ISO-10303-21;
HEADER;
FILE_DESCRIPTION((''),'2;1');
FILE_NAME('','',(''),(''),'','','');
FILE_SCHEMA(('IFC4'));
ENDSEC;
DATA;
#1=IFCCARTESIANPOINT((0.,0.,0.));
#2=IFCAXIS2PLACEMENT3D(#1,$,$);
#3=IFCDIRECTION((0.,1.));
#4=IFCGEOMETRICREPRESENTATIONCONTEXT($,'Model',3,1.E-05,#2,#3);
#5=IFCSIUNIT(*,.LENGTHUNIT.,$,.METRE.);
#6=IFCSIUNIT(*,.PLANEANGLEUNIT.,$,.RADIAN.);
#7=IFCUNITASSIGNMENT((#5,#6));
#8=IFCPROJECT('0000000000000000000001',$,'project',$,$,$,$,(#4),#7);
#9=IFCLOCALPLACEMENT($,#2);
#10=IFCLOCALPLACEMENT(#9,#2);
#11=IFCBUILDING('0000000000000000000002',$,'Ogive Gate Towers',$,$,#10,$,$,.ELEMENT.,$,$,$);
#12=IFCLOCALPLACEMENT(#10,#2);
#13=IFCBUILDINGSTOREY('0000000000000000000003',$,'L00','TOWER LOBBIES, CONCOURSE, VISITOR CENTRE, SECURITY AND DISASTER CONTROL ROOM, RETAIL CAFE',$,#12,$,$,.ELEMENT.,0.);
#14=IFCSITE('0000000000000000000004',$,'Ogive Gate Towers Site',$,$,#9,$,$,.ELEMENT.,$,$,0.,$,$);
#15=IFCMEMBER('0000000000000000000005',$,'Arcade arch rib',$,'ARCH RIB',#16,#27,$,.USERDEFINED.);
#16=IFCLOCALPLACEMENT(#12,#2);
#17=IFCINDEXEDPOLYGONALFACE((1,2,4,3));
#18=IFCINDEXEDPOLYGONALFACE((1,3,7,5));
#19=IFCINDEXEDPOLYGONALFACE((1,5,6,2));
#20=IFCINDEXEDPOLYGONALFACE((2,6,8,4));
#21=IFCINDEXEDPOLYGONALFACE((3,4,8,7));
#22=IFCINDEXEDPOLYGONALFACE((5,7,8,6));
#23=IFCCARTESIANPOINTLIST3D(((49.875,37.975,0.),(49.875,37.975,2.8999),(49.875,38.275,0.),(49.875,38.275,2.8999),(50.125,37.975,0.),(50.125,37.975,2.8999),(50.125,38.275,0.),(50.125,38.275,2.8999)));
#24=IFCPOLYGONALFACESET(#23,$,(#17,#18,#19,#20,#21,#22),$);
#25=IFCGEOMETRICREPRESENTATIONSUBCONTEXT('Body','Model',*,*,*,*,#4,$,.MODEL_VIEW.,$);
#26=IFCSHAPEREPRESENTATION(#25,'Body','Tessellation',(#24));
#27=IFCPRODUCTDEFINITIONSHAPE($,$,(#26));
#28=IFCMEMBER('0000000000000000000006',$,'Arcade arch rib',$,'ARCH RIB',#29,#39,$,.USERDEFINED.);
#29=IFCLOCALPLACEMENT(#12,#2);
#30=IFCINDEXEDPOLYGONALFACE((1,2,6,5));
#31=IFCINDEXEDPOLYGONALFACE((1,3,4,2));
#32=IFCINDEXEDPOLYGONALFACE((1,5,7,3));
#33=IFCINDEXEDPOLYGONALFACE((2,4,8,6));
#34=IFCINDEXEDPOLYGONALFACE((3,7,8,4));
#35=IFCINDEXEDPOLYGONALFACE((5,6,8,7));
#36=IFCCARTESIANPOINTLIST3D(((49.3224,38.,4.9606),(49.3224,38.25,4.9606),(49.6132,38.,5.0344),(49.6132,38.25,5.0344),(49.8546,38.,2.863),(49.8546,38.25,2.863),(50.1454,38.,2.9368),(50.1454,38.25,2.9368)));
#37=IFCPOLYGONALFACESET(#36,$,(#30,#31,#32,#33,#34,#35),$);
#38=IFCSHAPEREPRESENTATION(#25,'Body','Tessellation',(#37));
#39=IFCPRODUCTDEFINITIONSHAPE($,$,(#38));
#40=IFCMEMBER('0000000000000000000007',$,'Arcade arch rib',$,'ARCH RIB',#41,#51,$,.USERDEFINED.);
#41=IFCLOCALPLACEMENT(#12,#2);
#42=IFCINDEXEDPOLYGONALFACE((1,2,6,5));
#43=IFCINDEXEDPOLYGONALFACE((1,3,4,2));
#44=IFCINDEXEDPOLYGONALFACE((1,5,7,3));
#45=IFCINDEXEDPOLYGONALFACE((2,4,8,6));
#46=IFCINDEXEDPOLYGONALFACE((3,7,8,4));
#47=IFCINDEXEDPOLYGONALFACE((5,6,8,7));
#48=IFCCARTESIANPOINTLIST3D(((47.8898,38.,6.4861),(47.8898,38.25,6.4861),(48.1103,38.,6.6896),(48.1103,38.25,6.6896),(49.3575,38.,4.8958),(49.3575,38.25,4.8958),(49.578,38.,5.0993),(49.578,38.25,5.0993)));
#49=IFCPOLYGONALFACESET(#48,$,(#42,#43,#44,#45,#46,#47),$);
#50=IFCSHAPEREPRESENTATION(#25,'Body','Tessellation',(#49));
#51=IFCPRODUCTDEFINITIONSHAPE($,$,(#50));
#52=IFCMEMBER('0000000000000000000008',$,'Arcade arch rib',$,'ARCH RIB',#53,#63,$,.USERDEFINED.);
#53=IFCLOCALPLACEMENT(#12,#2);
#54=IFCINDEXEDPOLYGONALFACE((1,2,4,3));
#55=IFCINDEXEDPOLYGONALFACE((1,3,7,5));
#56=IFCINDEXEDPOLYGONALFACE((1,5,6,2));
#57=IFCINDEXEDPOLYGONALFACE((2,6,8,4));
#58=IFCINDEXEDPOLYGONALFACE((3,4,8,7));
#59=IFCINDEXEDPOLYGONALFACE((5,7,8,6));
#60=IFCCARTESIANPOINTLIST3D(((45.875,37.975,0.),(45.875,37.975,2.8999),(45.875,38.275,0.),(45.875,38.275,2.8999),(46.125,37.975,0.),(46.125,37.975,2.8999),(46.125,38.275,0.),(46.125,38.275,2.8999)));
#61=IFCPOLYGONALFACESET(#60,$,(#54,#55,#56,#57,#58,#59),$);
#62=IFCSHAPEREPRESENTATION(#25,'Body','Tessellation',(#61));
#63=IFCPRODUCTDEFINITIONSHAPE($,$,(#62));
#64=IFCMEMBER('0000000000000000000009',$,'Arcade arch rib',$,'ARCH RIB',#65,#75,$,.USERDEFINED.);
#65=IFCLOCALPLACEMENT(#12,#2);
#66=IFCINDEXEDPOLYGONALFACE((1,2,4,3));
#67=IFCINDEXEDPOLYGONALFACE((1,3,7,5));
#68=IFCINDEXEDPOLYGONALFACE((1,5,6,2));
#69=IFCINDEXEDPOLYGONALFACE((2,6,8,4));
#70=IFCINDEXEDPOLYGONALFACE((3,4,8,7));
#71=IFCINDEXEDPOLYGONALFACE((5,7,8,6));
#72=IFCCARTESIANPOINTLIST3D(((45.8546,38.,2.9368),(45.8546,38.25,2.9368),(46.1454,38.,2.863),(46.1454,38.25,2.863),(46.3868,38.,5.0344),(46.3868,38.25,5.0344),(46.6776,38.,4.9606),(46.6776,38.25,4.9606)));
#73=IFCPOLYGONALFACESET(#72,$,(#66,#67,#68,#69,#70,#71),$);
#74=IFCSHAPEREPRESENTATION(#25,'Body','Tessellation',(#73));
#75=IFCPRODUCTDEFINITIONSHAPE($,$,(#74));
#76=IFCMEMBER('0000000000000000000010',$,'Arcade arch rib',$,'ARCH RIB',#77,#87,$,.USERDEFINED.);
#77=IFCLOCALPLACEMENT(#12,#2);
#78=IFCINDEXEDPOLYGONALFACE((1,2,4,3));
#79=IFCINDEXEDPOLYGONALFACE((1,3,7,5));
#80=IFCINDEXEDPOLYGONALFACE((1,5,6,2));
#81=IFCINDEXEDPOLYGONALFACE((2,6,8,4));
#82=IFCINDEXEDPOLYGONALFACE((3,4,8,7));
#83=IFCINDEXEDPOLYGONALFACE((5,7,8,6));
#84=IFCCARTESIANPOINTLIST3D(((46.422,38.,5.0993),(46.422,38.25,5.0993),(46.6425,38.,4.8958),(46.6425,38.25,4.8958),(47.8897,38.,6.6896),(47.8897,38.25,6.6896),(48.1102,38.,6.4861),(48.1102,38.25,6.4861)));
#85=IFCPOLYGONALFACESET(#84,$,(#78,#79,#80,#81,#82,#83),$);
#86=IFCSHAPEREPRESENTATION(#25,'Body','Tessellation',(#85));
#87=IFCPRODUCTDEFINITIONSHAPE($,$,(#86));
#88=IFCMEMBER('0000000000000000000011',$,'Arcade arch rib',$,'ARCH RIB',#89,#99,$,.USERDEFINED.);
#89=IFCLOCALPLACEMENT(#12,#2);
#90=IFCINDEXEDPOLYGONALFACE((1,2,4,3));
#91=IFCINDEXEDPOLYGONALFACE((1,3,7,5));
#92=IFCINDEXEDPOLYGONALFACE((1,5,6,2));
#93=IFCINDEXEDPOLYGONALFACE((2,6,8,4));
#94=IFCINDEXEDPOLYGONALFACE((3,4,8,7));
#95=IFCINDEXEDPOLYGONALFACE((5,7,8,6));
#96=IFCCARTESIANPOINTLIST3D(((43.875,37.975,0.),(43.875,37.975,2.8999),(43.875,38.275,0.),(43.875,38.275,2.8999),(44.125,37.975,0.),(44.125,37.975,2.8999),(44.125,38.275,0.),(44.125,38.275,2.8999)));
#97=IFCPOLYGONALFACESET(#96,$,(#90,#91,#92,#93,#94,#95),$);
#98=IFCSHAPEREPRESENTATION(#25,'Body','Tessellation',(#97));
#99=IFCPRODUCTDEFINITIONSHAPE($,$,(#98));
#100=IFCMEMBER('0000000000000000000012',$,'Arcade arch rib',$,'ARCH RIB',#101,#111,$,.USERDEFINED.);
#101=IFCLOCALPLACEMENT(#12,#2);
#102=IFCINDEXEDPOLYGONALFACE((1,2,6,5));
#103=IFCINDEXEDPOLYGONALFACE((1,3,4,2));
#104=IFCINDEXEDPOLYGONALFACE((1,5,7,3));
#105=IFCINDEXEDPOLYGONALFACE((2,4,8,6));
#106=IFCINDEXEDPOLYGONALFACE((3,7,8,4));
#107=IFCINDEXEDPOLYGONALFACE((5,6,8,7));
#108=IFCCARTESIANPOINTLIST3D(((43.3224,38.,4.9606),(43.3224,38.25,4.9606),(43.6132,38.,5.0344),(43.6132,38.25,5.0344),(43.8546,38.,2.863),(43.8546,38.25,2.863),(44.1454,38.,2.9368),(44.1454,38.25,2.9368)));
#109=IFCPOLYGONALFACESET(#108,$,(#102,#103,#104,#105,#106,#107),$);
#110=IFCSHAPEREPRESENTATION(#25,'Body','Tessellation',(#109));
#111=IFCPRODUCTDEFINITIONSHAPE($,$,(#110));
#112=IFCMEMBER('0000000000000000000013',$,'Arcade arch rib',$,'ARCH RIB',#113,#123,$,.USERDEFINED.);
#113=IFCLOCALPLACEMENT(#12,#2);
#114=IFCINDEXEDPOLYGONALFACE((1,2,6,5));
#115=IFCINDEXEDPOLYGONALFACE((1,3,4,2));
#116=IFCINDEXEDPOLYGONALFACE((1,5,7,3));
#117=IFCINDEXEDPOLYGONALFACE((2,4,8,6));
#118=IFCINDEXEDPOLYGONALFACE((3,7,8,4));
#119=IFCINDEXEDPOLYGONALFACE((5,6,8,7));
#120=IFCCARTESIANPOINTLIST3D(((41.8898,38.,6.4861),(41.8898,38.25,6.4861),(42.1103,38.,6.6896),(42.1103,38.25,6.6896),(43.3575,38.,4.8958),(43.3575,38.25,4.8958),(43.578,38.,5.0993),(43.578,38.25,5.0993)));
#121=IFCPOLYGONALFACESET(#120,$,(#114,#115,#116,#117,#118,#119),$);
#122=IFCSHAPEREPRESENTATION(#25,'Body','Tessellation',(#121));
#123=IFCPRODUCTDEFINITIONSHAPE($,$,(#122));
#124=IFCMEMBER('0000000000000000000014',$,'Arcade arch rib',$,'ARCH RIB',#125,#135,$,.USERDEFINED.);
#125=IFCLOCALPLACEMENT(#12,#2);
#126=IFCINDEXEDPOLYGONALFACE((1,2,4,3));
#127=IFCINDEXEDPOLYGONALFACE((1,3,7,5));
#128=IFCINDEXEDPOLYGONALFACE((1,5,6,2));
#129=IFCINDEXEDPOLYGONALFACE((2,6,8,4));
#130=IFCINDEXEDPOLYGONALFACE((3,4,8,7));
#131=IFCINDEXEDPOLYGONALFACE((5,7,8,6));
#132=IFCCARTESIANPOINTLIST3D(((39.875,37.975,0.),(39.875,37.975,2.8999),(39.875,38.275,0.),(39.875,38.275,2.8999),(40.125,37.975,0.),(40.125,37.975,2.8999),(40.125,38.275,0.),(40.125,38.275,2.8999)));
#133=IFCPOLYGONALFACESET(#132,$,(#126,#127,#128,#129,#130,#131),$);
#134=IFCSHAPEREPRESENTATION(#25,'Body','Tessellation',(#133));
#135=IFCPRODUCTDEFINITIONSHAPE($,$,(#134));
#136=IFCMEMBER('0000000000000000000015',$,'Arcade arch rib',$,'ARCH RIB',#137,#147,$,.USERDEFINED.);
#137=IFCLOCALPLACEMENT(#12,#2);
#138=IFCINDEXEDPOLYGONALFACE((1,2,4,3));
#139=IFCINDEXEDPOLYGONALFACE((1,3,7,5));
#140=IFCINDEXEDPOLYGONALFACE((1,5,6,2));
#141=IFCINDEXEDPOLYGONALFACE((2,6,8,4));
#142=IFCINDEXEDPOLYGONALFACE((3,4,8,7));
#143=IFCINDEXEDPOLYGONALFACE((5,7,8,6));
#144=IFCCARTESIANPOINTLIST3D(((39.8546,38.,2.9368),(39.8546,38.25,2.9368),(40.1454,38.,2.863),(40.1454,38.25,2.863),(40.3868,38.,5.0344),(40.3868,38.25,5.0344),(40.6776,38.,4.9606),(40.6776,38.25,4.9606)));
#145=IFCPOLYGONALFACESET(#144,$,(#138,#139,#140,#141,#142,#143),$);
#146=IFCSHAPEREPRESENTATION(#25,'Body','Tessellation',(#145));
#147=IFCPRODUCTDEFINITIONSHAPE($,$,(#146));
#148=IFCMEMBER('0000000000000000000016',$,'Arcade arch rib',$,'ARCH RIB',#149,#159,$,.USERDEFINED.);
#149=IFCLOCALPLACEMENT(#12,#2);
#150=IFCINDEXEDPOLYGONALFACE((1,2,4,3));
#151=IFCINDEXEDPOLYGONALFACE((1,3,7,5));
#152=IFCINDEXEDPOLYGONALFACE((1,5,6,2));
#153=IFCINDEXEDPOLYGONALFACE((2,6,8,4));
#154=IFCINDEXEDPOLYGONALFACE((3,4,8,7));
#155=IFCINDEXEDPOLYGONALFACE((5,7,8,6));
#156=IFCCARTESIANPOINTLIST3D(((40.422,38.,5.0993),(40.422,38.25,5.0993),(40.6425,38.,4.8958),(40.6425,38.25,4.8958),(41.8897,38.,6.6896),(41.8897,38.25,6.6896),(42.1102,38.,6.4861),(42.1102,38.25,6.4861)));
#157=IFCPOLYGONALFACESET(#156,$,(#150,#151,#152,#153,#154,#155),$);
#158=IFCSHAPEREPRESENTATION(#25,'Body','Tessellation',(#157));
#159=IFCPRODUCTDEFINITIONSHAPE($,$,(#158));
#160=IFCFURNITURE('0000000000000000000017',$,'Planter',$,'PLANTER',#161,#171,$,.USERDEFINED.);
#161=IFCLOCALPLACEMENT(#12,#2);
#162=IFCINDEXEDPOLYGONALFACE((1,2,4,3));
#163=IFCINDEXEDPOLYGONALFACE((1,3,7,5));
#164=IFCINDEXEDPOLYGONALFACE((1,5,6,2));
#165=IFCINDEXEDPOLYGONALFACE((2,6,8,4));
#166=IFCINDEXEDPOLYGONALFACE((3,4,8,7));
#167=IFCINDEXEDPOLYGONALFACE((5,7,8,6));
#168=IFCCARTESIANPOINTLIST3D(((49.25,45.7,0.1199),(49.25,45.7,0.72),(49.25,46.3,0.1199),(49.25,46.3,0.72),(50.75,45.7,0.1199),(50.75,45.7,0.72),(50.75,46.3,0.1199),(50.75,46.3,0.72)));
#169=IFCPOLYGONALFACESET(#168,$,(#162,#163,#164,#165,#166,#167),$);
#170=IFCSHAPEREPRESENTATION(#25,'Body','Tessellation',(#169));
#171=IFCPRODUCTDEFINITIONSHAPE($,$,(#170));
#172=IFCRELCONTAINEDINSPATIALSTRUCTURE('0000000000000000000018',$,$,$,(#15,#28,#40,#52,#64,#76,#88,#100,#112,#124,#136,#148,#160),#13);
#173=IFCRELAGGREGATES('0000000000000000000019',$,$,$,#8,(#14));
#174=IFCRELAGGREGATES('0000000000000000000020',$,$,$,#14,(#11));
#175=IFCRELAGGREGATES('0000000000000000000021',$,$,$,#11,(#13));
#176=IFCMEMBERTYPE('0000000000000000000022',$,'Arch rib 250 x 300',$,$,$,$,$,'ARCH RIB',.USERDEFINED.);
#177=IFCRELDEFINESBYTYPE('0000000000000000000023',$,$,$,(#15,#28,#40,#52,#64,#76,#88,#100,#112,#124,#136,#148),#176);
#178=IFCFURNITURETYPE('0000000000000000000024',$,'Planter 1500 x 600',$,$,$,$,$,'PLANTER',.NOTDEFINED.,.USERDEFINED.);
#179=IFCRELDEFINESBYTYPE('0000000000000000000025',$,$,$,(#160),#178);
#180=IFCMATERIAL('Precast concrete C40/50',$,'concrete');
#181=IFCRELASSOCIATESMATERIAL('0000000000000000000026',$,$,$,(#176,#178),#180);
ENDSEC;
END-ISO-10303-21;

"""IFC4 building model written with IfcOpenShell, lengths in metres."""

from ifc_helpers import new_model, si_unit, direction, frame, origin, origin_2d, place, context, subcontext, project, spatial, rectangle, extrude, material, material_profile, profile_set, type_object, element, save


model = new_model("IFC4")

# Units and contexts
model_context = context("Model", 3, precision=1e-05, world=origin(), true_north=direction((0.0, 1.0)))
body_context = subcontext(model_context, "Body", "Model", "MODEL_VIEW")
ifc_project = project(units=[si_unit("LENGTHUNIT", "METRE"), si_unit("PLANEANGLEUNIT", "RADIAN")], contexts=[model_context])

# Site, building, storey
site_placement = place(None, origin())
site = spatial("IfcSite", under=ifc_project, at=site_placement, Name="Ogive Gate Towers Site", CompositionType="ELEMENT", RefElevation=0.0)
building_placement = place(site_placement, origin())
building = spatial("IfcBuilding", under=site, at=building_placement, Name="Ogive Gate Towers", CompositionType="ELEMENT")
storey_placement = place(building_placement, origin())
storey = spatial("IfcBuildingStorey", under=building, at=storey_placement, Name="L00", Description="TOWER LOBBIES, CONCOURSE, VISITOR CENTRE, SECURITY AND DISASTER CONTROL ROOM, RETAIL CAFE", CompositionType="ELEMENT", Elevation=0.0)

# Members
ifc_material_1 = material(Name="Precast concrete C40/50", Category="concrete")
ifc_material_profile = material_profile(ifc_material_1, rectangle(XDim=0.25, YDim=0.3, at=origin_2d()), Name="250 x 300 cast stone")
ifc_profile_set = profile_set([ifc_material_profile], Name="Precast concrete C40/50")
member_type = type_object("IfcMemberType", Name="Arch rib 250 x 300", ElementType="ARCH RIB", PredefinedType="USERDEFINED", material=ifc_profile_set)
member_1_placement = place(storey_placement, frame((50.0, 38.125, 0.0), z_axis=(0.0, 0.0, 1.0), x_axis=(1.0, 0.0, 0.0)))
element("IfcMember", 1, at=member_1_placement, inside=storey, type_object=member_type, Name="Arcade arch rib", ObjectType="ARCH RIB", PredefinedType="USERDEFINED", context=body_context, shape_type="SweptSolid", body=[
    extrude(rectangle(XDim=0.25, YDim=0.3, at=origin_2d()), origin(), (0.0, 0.0, 1.0), 2.8999),
])
for number, where, z_axis, x_axis, name in (
    (2, (50.0, 38.125, 2.8999), (-0.245932, 0.0, 0.969287), (0.0, -1.0, 0.0), "Arcade arch rib"),
    (3, (49.4678, 38.125, 4.9976), (-0.678224, 0.0, 0.734855), (0.0, -1.0, 0.0), "Arcade arch rib"),
):
    element("IfcMember", number, at=place(storey_placement, frame(where, z_axis=z_axis, x_axis=x_axis)), inside=storey, type_object=member_type, Name=name, ObjectType="ARCH RIB", PredefinedType="USERDEFINED", context=body_context, shape_type="SweptSolid", body=[
        extrude(rectangle(XDim=0.25, YDim=0.3, at=origin_2d()), origin(), (0.0, 0.0, 1.0), 2.1641),
    ])
member_2_placement = place(storey_placement, frame((46.0, 38.125, 0.0), z_axis=(0.0, 0.0, 1.0), x_axis=(1.0, 0.0, 0.0)))
element("IfcMember", 4, at=member_2_placement, inside=storey, type_object=member_type, Name="Arcade arch rib", ObjectType="ARCH RIB", PredefinedType="USERDEFINED", context=body_context, shape_type="SweptSolid", body=[
    extrude(rectangle(XDim=0.25, YDim=0.3, at=origin_2d()), origin(), (0.0, 0.0, 1.0), 2.8999),
])
for number, where, z_axis, x_axis, name in (
    (5, (46.0, 38.125, 2.8999), (0.245932, 0.0, 0.969287), (0.0, 1.0, 0.0), "Arcade arch rib"),
    (6, (46.5322, 38.125, 4.9976), (0.678224, 0.0, 0.734855), (0.0, 1.0, 0.0), "Arcade arch rib"),
):
    element("IfcMember", number, at=place(storey_placement, frame(where, z_axis=z_axis, x_axis=x_axis)), inside=storey, type_object=member_type, Name=name, ObjectType="ARCH RIB", PredefinedType="USERDEFINED", context=body_context, shape_type="SweptSolid", body=[
        extrude(rectangle(XDim=0.25, YDim=0.3, at=origin_2d()), origin(), (0.0, 0.0, 1.0), 2.1641),
    ])
member_3_placement = place(storey_placement, frame((44.0, 38.125, 0.0), z_axis=(0.0, 0.0, 1.0), x_axis=(1.0, 0.0, 0.0)))
element("IfcMember", 7, at=member_3_placement, inside=storey, type_object=member_type, Name="Arcade arch rib", ObjectType="ARCH RIB", PredefinedType="USERDEFINED", context=body_context, shape_type="SweptSolid", body=[
    extrude(rectangle(XDim=0.25, YDim=0.3, at=origin_2d()), origin(), (0.0, 0.0, 1.0), 2.8999),
])
for number, where, z_axis, x_axis, name in (
    (8, (44.0, 38.125, 2.8999), (-0.245932, 0.0, 0.969287), (0.0, -1.0, 0.0), "Arcade arch rib"),
    (9, (43.4678, 38.125, 4.9976), (-0.678224, 0.0, 0.734855), (0.0, -1.0, 0.0), "Arcade arch rib"),
):
    element("IfcMember", number, at=place(storey_placement, frame(where, z_axis=z_axis, x_axis=x_axis)), inside=storey, type_object=member_type, Name=name, ObjectType="ARCH RIB", PredefinedType="USERDEFINED", context=body_context, shape_type="SweptSolid", body=[
        extrude(rectangle(XDim=0.25, YDim=0.3, at=origin_2d()), origin(), (0.0, 0.0, 1.0), 2.1641),
    ])
member_4_placement = place(storey_placement, frame((40.0, 38.125, 0.0), z_axis=(0.0, 0.0, 1.0), x_axis=(1.0, 0.0, 0.0)))
element("IfcMember", 10, at=member_4_placement, inside=storey, type_object=member_type, Name="Arcade arch rib", ObjectType="ARCH RIB", PredefinedType="USERDEFINED", context=body_context, shape_type="SweptSolid", body=[
    extrude(rectangle(XDim=0.25, YDim=0.3, at=origin_2d()), origin(), (0.0, 0.0, 1.0), 2.8999),
])
for number, where, z_axis, x_axis, name in (
    (11, (40.0, 38.125, 2.8999), (0.245932, 0.0, 0.969287), (0.0, 1.0, 0.0), "Arcade arch rib"),
    (12, (40.5322, 38.125, 4.9976), (0.678224, 0.0, 0.734855), (0.0, 1.0, 0.0), "Arcade arch rib"),
):
    element("IfcMember", number, at=place(storey_placement, frame(where, z_axis=z_axis, x_axis=x_axis)), inside=storey, type_object=member_type, Name=name, ObjectType="ARCH RIB", PredefinedType="USERDEFINED", context=body_context, shape_type="SweptSolid", body=[
        extrude(rectangle(XDim=0.25, YDim=0.3, at=origin_2d()), origin(), (0.0, 0.0, 1.0), 2.1641),
    ])

# Furniture
furniture_type = type_object("IfcFurnitureType", Name="Planter 1500 x 600", ElementType="PLANTER", AssemblyPlace="NOTDEFINED", PredefinedType="USERDEFINED", material=ifc_material_1)
furniture_placement = place(storey_placement, frame((50.0, 46.0, 0.1199), z_axis=(0.0, 0.0, 1.0), x_axis=(1.0, 0.0, 0.0)))
element("IfcFurniture", 13, at=furniture_placement, inside=storey, type_object=furniture_type, Name="Planter", ObjectType="PLANTER", PredefinedType="USERDEFINED", context=body_context, shape_type="SweptSolid", body=[
    extrude(rectangle(XDim=1.5, YDim=0.6001, at=origin_2d()), origin(), (0.0, 0.0, 1.0), 0.6001),
])

save(model, "model.ifc")
